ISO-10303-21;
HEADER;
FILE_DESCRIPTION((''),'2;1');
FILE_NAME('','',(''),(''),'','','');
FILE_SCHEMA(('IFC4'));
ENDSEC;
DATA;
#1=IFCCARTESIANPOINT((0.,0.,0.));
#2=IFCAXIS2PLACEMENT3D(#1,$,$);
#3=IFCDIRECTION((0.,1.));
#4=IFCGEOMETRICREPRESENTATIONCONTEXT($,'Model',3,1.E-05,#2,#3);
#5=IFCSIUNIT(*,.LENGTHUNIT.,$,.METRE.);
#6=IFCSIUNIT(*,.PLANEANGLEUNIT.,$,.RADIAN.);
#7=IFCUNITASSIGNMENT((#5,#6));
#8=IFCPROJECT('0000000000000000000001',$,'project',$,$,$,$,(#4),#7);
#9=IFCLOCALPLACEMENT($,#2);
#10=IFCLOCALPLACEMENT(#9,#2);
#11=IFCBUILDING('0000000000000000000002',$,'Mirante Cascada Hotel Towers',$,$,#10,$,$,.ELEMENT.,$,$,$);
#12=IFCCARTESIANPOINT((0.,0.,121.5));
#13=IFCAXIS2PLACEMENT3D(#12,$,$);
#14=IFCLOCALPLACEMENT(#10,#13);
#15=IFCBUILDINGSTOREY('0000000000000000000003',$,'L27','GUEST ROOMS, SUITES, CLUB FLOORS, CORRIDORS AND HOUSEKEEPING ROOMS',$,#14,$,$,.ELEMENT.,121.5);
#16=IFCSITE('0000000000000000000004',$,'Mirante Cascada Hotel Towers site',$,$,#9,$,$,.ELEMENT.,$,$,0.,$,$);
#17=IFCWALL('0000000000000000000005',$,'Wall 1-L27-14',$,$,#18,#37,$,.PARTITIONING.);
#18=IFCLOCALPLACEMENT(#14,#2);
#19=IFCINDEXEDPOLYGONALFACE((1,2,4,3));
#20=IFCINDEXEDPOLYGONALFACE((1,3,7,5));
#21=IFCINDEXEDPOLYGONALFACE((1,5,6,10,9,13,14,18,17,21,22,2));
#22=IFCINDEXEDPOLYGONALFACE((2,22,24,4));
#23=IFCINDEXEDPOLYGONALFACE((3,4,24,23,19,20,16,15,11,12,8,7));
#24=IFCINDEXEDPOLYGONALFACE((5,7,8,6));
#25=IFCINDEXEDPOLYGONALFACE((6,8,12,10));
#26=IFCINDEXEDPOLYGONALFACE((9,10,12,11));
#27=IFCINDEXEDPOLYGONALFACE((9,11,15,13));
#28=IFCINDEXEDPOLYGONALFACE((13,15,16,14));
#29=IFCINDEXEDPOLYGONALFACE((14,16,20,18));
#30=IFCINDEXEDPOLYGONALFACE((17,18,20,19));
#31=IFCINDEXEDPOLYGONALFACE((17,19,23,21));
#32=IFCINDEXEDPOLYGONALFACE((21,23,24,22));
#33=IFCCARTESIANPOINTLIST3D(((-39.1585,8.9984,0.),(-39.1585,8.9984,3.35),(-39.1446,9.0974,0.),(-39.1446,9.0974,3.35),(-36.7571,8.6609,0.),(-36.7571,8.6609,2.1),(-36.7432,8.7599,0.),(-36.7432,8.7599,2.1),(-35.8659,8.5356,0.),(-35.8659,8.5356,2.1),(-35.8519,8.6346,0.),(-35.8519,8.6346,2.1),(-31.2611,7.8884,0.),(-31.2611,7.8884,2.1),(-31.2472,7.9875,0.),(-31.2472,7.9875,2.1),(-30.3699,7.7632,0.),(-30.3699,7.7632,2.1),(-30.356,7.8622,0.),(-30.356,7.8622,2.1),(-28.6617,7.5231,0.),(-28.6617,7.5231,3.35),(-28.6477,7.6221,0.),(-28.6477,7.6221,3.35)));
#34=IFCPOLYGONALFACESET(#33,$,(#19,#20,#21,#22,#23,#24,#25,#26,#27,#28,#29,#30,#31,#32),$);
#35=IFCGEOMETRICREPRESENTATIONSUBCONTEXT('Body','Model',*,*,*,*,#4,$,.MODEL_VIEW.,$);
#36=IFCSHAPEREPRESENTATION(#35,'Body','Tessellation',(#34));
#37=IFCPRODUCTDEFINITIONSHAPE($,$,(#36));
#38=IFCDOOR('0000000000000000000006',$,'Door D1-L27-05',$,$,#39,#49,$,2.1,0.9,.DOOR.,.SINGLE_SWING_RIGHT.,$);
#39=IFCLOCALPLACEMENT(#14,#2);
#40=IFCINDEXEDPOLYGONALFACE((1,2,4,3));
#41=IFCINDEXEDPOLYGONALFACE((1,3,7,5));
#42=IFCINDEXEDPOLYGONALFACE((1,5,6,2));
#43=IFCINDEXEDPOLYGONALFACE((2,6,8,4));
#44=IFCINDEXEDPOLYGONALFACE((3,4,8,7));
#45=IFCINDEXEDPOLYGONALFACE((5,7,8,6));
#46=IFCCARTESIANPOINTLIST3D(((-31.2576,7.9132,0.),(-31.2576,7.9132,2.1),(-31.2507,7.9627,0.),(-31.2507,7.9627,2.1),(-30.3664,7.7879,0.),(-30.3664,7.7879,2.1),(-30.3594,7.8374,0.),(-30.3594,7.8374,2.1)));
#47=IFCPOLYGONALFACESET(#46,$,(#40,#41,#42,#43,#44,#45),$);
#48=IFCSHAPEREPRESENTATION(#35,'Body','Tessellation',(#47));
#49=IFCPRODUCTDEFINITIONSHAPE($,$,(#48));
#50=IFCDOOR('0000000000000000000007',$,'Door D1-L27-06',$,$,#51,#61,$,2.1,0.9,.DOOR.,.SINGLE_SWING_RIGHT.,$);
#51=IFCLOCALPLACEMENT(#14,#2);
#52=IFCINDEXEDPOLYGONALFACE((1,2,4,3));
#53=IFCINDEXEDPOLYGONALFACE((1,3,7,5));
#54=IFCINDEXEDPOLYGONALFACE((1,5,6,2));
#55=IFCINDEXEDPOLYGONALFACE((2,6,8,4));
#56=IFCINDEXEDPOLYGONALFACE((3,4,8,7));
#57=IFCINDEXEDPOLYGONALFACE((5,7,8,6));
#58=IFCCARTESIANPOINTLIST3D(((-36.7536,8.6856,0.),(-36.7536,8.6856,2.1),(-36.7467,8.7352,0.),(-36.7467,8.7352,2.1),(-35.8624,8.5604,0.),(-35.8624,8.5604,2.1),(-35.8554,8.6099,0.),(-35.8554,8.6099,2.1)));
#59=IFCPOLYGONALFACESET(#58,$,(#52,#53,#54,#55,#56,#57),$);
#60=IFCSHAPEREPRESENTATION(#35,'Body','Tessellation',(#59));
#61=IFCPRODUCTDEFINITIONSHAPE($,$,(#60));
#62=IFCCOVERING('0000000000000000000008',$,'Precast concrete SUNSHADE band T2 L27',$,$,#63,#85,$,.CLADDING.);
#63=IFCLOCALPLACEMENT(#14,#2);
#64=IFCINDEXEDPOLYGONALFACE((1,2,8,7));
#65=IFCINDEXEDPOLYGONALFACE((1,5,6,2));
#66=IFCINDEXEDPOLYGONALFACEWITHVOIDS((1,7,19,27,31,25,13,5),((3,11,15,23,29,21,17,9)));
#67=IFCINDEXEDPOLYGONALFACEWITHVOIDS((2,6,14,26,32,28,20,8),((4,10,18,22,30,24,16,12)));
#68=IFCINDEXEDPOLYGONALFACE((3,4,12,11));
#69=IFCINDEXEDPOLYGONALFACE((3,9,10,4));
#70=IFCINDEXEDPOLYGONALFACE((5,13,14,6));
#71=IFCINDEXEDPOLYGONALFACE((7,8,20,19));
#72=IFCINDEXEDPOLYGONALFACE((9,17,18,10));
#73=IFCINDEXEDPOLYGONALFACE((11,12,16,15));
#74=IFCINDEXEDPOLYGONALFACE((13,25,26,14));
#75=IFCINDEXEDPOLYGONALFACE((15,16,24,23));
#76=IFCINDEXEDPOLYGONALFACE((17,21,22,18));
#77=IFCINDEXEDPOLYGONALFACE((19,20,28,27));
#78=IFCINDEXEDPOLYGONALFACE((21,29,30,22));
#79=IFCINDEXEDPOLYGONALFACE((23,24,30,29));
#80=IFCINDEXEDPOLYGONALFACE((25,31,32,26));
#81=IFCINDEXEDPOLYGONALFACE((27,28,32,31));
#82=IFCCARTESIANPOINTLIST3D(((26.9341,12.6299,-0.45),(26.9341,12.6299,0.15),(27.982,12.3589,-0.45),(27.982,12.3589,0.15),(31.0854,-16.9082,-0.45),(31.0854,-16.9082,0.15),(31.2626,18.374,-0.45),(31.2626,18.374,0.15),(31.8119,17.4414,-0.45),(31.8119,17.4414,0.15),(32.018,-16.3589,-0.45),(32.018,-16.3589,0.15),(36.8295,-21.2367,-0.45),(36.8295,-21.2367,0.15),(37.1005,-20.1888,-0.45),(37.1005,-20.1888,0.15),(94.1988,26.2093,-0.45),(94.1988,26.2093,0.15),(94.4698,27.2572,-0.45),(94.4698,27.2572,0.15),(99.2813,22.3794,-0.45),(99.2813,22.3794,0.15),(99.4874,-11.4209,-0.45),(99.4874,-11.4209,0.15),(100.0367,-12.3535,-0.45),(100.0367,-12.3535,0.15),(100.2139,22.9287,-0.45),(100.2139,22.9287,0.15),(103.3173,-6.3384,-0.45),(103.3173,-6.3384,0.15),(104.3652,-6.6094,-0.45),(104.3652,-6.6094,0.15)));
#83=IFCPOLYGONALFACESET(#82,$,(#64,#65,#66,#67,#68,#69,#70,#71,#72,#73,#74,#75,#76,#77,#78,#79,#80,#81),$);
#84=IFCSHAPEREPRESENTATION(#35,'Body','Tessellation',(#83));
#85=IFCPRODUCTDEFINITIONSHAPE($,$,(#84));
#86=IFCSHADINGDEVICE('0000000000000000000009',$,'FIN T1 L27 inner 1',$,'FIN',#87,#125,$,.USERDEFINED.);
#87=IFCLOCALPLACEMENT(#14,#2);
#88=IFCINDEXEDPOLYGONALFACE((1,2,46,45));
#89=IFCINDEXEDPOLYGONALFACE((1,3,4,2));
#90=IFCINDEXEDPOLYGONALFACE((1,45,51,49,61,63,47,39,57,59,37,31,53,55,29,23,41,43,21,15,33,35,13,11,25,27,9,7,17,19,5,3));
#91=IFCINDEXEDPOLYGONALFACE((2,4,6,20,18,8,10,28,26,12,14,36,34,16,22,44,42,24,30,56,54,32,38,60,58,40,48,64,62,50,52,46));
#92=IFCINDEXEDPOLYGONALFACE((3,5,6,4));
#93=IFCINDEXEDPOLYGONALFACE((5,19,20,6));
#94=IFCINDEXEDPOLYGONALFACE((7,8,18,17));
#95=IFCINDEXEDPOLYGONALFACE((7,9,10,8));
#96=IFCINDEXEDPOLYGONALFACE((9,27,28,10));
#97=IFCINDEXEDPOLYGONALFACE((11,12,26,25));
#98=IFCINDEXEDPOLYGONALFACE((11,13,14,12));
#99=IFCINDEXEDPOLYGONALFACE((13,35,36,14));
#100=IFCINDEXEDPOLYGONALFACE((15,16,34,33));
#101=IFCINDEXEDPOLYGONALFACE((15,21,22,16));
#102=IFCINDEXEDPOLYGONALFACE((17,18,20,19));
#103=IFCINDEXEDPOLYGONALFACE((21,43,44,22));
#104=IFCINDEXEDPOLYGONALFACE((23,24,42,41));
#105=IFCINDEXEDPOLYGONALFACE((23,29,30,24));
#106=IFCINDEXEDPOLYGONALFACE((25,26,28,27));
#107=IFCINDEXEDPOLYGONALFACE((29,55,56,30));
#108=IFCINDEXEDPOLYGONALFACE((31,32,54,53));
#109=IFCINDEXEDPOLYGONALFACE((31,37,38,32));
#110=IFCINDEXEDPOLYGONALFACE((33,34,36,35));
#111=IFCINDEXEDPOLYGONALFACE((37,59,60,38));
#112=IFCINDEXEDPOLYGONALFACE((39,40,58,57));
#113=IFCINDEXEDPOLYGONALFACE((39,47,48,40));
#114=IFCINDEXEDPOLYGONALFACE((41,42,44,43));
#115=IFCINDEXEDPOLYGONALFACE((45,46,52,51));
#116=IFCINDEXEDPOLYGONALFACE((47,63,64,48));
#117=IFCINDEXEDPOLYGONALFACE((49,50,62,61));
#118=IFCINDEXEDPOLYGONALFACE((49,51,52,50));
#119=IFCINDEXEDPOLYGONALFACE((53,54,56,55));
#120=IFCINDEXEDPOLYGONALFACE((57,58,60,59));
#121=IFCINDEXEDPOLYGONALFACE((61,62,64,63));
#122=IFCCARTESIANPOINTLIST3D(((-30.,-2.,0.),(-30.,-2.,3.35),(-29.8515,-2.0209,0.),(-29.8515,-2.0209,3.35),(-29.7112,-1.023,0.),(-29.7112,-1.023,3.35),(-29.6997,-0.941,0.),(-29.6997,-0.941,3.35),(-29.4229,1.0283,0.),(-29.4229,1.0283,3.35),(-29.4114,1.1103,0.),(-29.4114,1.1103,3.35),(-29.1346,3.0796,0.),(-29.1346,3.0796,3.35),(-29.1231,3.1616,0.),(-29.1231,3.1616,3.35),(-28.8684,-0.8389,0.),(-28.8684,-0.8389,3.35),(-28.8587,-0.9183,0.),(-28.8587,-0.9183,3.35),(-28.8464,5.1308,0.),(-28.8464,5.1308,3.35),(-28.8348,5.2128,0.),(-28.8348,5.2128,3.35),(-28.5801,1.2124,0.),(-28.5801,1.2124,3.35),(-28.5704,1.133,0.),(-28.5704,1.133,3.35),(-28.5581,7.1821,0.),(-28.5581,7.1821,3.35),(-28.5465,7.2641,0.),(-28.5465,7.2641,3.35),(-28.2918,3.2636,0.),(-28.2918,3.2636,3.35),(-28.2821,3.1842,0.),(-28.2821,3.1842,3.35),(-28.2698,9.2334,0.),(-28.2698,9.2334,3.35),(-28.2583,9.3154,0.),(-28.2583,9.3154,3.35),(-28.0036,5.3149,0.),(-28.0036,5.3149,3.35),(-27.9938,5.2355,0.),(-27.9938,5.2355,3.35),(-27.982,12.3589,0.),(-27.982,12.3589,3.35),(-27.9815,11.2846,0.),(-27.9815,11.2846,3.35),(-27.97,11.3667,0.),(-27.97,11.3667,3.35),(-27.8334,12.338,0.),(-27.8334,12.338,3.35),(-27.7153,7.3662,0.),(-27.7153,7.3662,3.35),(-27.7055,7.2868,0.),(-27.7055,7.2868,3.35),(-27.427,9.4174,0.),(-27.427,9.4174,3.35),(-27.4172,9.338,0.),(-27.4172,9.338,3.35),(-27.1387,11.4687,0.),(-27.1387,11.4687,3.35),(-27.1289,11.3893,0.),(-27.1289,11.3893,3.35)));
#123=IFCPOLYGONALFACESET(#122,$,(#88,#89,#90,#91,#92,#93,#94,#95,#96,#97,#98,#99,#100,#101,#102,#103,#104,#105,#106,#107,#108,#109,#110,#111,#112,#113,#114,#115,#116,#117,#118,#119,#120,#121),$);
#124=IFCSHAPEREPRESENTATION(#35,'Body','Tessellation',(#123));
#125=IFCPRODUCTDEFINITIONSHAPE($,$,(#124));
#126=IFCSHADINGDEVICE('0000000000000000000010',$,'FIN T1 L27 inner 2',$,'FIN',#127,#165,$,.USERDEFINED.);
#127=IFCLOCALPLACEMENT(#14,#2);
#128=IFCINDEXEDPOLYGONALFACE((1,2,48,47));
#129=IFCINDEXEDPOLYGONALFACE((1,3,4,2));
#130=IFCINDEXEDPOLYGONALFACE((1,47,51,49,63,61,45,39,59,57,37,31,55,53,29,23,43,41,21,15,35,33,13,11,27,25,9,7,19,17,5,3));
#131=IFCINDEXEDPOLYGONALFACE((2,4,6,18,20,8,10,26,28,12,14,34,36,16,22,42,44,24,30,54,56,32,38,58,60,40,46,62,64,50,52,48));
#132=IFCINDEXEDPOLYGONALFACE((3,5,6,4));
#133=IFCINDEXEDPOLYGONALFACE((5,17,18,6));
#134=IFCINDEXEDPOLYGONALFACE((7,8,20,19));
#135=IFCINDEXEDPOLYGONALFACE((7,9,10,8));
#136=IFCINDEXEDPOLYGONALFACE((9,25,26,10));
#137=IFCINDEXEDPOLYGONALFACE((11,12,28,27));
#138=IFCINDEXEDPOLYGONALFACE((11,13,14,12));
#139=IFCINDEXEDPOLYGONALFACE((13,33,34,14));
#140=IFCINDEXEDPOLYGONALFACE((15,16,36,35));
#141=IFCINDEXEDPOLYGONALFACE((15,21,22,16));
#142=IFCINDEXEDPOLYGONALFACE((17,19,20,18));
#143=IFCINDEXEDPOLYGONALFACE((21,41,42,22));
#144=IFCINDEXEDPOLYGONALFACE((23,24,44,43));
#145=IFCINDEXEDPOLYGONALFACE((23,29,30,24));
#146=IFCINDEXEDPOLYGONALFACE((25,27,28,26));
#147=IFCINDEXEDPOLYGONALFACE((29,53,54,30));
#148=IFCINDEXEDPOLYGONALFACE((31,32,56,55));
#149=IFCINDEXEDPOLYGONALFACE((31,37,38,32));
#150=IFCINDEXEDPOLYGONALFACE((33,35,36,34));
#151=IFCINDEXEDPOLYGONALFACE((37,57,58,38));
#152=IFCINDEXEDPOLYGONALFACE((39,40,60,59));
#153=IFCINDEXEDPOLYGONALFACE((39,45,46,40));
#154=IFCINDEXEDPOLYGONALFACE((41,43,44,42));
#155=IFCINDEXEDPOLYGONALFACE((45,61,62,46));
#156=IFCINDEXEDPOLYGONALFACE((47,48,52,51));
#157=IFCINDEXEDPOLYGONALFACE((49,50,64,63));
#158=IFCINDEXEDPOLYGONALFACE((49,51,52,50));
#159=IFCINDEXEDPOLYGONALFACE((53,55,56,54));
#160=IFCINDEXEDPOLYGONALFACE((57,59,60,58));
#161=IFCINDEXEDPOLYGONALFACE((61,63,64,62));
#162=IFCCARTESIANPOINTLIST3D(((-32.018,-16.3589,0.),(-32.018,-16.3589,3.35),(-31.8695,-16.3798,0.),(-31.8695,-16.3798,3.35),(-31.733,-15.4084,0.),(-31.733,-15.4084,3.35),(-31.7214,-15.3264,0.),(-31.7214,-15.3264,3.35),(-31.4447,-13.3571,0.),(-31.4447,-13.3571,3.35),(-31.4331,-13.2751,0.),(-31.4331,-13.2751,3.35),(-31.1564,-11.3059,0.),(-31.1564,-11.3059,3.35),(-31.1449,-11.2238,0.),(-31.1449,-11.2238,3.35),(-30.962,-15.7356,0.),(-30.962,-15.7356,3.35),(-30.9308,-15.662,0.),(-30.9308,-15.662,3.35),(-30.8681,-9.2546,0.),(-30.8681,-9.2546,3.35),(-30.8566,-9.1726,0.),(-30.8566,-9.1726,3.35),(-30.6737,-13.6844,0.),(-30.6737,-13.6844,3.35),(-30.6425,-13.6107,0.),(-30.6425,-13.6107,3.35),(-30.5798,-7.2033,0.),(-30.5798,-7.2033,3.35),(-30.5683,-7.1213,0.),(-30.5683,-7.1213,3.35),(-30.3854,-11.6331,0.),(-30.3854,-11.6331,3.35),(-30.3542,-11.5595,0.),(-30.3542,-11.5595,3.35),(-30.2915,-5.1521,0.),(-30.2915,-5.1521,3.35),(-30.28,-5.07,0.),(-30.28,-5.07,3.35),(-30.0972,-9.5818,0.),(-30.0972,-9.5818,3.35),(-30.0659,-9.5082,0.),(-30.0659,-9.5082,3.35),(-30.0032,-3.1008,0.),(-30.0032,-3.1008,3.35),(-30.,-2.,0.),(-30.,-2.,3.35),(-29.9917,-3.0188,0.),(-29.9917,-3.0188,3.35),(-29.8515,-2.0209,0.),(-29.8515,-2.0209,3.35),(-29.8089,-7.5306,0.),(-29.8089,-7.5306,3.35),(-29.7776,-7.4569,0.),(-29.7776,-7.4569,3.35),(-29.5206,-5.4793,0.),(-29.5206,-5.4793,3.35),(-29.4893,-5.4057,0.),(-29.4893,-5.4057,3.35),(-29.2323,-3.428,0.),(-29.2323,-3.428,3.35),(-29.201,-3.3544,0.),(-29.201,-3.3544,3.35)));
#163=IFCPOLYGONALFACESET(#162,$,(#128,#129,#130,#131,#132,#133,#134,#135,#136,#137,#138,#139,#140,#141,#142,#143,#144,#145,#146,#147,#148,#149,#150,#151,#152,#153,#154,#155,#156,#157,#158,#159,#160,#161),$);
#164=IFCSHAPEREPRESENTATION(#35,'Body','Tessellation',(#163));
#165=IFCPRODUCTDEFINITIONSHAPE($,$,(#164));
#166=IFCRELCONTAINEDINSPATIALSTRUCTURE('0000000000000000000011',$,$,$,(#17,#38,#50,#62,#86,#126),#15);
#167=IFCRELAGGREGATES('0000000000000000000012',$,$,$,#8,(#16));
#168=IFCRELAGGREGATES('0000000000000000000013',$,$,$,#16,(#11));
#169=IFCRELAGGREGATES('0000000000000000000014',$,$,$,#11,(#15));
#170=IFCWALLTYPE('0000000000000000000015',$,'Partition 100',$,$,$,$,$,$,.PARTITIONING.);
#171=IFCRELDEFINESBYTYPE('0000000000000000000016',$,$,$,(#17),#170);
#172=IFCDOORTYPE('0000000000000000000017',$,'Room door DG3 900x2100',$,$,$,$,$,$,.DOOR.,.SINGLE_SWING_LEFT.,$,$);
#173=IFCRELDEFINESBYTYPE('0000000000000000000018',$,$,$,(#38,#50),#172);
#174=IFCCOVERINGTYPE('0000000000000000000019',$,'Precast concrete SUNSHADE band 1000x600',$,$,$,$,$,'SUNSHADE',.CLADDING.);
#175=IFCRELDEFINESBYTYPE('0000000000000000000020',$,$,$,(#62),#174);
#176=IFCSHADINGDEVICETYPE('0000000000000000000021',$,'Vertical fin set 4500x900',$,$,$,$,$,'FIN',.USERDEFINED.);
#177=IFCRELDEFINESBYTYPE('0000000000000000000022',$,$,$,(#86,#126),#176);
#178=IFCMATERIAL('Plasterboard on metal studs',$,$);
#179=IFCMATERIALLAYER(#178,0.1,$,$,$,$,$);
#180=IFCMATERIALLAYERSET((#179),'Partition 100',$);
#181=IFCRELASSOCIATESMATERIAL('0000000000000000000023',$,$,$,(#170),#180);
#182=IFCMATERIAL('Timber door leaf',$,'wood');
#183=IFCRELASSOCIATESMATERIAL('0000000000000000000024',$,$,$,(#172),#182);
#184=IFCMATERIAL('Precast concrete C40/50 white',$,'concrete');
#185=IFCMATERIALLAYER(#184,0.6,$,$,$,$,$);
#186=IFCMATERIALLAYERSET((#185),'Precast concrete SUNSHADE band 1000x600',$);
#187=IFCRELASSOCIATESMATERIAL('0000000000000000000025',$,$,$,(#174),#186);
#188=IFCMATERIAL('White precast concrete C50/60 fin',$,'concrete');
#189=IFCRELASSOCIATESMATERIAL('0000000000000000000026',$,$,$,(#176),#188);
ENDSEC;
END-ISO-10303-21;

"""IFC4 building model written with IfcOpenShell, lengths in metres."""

from ifc_helpers import new_model, si_unit, direction, frame, frame_2d, origin, place, context, subcontext, project, spatial, polyline, rectangle, outline, extrude, material, layer, layer_set, type_object, element, fill, save


model = new_model("IFC4")

# Units and contexts
model_context = context("Model", 3, precision=1e-05, world=origin(), true_north=direction((0.0, 1.0)))
body_context = subcontext(model_context, "Body", "Model", "MODEL_VIEW")
ifc_project = project(units=[si_unit("LENGTHUNIT", "METRE"), si_unit("PLANEANGLEUNIT", "RADIAN")], contexts=[model_context])

# Site, building, storey
site_placement = place(None, origin())
site = spatial("IfcSite", under=ifc_project, at=site_placement, Name="Mirante Cascada Hotel Towers site", CompositionType="ELEMENT", RefElevation=0.0)
building_placement = place(site_placement, origin())
building = spatial("IfcBuilding", under=site, at=building_placement, Name="Mirante Cascada Hotel Towers", CompositionType="ELEMENT")
storey_placement = place(building_placement, frame((0.0, 0.0, 121.5)))
storey = spatial("IfcBuildingStorey", under=building, at=storey_placement, Name="L27", Description="GUEST ROOMS, SUITES, CLUB FLOORS, CORRIDORS AND HOUSEKEEPING ROOMS", CompositionType="ELEMENT", Elevation=121.5)

# Wall, openings, doors
ifc_material_1 = material(Name="Plasterboard on metal studs")
ifc_layer_1 = layer(ifc_material_1, 0.1)
ifc_layer_set_1 = layer_set([ifc_layer_1], Name="Partition 100")
wall_type_1 = type_object("IfcWallType", Name="Partition 100", PredefinedType="PARTITIONING", material=ifc_layer_set_1)
wall_1_placement = place(storey_placement, frame((-28.6547, 7.5726, 0.0), z_axis=(0.0, 0.0, 1.0), x_axis=(-0.990267, 0.13918, 0.0)))
wall_1 = element("IfcWall", 1, at=wall_1_placement, inside=storey, type_object=wall_type_1, Name="Wall 1-L27-14", PredefinedType="PARTITIONING", context=body_context, shape_type="SweptSolid", body=[
    extrude(rectangle(XDim=10.6, YDim=0.1, at=frame_2d((5.3, 0.0))), origin(), (0.0, 0.0, 1.0), 3.35),
])
opening_1_placement = place(wall_1_placement, frame((1.725, 0.0, 0.0)))
opening_1 = element("IfcOpeningElement", 2, at=opening_1_placement, cuts=wall_1, PredefinedType="OPENING", context=body_context, shape_type="SweptSolid", body=[
    extrude(rectangle(XDim=0.9, YDim=2.1, at=frame_2d((0.45, 1.05))), frame((0.0, 0.05, 0.0), z_axis=(0.0, -1.0, 0.0), x_axis=(1.0, 0.0, 0.0)), (0.0, 0.0, 1.0), 0.1),
])
opening_2_placement = place(wall_1_placement, frame((7.275, 0.0, 0.0)))
opening_2 = element("IfcOpeningElement", 3, at=opening_2_placement, cuts=wall_1, PredefinedType="OPENING", context=body_context, shape_type="SweptSolid", body=[
    extrude(rectangle(XDim=0.9, YDim=2.1, at=frame_2d((0.45, 1.05))), frame((0.0, 0.05, 0.0), z_axis=(0.0, -1.0, 0.0), x_axis=(1.0, 0.0, 0.0)), (0.0, 0.0, 1.0), 0.1),
])
ifc_material_2 = material(Name="Timber door leaf", Category="wood")
door_type = type_object("IfcDoorType", Name="Room door DG3 900x2100", OperationType="SINGLE_SWING_LEFT", PredefinedType="DOOR", material=ifc_material_2)
door_1_placement = place(opening_1_placement, frame((0.9, 0.0, 0.0), z_axis=(0.0, 0.0, 1.0), x_axis=(-1.0, 0.0, 0.0)))
door_1 = element("IfcDoor", 4, at=door_1_placement, inside=storey, type_object=door_type, Name="Door D1-L27-05", OperationType="SINGLE_SWING_RIGHT", OverallHeight=2.1, OverallWidth=0.9, PredefinedType="DOOR", context=body_context, shape_type="SweptSolid", body=[
    extrude(rectangle(XDim=0.9, YDim=2.1, at=frame_2d((0.45, 1.05))), frame((0.0, 0.025, 0.0), z_axis=(0.0, -1.0, 0.0), x_axis=(1.0, 0.0, 0.0)), (0.0, 0.0, 1.0), 0.05),
])
fill(opening_1, door_1)
door_2_placement = place(opening_2_placement, frame((0.9, 0.0, 0.0), z_axis=(0.0, 0.0, 1.0), x_axis=(-1.0, 0.0, 0.0)))
door_2 = element("IfcDoor", 5, at=door_2_placement, inside=storey, type_object=door_type, Name="Door D1-L27-06", OperationType="SINGLE_SWING_RIGHT", OverallHeight=2.1, OverallWidth=0.9, PredefinedType="DOOR", context=body_context, shape_type="SweptSolid", body=[
    extrude(rectangle(XDim=0.9, YDim=2.1, at=frame_2d((0.45, 1.05))), frame((0.0, 0.025, 0.0), z_axis=(0.0, -1.0, 0.0), x_axis=(1.0, 0.0, 0.0)), (0.0, 0.0, 1.0), 0.05),
])
fill(opening_2, door_2)

# Covering
ifc_material_3 = material(Name="Precast concrete C40/50 white", Category="concrete")
ifc_layer_2 = layer(ifc_material_3, 0.6)
ifc_layer_set_2 = layer_set([ifc_layer_2], Name="Precast concrete SUNSHADE band 1000x600")
covering_type = type_object("IfcCoveringType", Name="Precast concrete SUNSHADE band 1000x600", ElementType="SUNSHADE", PredefinedType="CLADDING", material=ifc_layer_set_2)
covering_placement = place(storey_placement, frame((0.0, 0.0, -0.45)))
element("IfcCovering", 6, at=covering_placement, inside=storey, type_object=covering_type, Name="Precast concrete SUNSHADE band T2 L27", PredefinedType="CLADDING", context=body_context, shape_type="SweptSolid", body=[
    extrude(outline(polyline([(26.9341, 12.6299), (31.2626, 18.374), (94.4698, 27.2572), (100.2139, 22.9287), (104.3652, -6.6094), (100.0367, -12.3535), (36.8295, -21.2367), (31.0854, -16.9082), (26.9341, 12.6299)]), holes=[polyline([(103.3173, -6.3384), (99.2813, 22.3794), (94.1988, 26.2093), (31.8119, 17.4414), (27.982, 12.3589), (32.018, -16.3589), (37.1005, -20.1888), (99.4874, -11.4209), (103.3173, -6.3384)])]), origin(), (0.0, 0.0, 1.0), 0.6),
])

# Shading devices
ifc_material_4 = material(Name="White precast concrete C50/60 fin", Category="concrete")
shading_device_type = type_object("IfcShadingDeviceType", Name="Vertical fin set 4500x900", ElementType="FIN", PredefinedType="USERDEFINED", material=ifc_material_4)
shading_device_1_placement = place(storey_placement, origin())
element("IfcShadingDevice", 7, at=shading_device_1_placement, inside=storey, type_object=shading_device_type, Name="FIN T1 L27 inner 1", ObjectType="FIN", PredefinedType="USERDEFINED", context=body_context, shape_type="SweptSolid", body=[
    extrude(outline(polyline([(-29.7112, -1.023), (-29.8515, -2.0209), (-30.0, -2.0), (-27.982, 12.3589), (-27.8334, 12.338), (-27.97, 11.3667), (-27.1387, 11.4687), (-27.1289, 11.3893), (-27.9815, 11.2846), (-28.2583, 9.3154), (-27.427, 9.4174), (-27.4172, 9.338), (-28.2698, 9.2334), (-28.5465, 7.2641), (-27.7153, 7.3662), (-27.7055, 7.2868), (-28.5581, 7.1821), (-28.8348, 5.2128), (-28.0036, 5.3149), (-27.9938, 5.2355), (-28.8464, 5.1308), (-29.1231, 3.1616), (-28.2918, 3.2636), (-28.2821, 3.1842), (-29.1346, 3.0796), (-29.4114, 1.1103), (-28.5801, 1.2124), (-28.5704, 1.133), (-29.4229, 1.0283), (-29.6997, -0.941), (-28.8684, -0.8389), (-28.8587, -0.9183), (-29.7112, -1.023)])), origin(), (0.0, 0.0, 1.0), 3.35),
])
shading_device_2_placement = place(storey_placement, origin())
element("IfcShadingDevice", 8, at=shading_device_2_placement, inside=storey, type_object=shading_device_type, Name="FIN T1 L27 inner 2", ObjectType="FIN", PredefinedType="USERDEFINED", context=body_context, shape_type="SweptSolid", body=[
    extrude(outline(polyline([(-31.733, -15.4084), (-31.8695, -16.3798), (-32.018, -16.3589), (-30.0, -2.0), (-29.8515, -2.0209), (-29.9917, -3.0188), (-29.201, -3.3544), (-29.2323, -3.428), (-30.0032, -3.1008), (-30.28, -5.07), (-29.4893, -5.4057), (-29.5206, -5.4793), (-30.2915, -5.1521), (-30.5683, -7.1213), (-29.7776, -7.4569), (-29.8089, -7.5306), (-30.5798, -7.2033), (-30.8566, -9.1726), (-30.0659, -9.5082), (-30.0972, -9.5818), (-30.8681, -9.2546), (-31.1449, -11.2238), (-30.3542, -11.5595), (-30.3854, -11.6331), (-31.1564, -11.3059), (-31.4331, -13.2751), (-30.6425, -13.6107), (-30.6737, -13.6844), (-31.4447, -13.3571), (-31.7214, -15.3264), (-30.9308, -15.662), (-30.962, -15.7356), (-31.733, -15.4084)])), origin(), (0.0, 0.0, 1.0), 3.35),
])

save(model, "model.ifc")
